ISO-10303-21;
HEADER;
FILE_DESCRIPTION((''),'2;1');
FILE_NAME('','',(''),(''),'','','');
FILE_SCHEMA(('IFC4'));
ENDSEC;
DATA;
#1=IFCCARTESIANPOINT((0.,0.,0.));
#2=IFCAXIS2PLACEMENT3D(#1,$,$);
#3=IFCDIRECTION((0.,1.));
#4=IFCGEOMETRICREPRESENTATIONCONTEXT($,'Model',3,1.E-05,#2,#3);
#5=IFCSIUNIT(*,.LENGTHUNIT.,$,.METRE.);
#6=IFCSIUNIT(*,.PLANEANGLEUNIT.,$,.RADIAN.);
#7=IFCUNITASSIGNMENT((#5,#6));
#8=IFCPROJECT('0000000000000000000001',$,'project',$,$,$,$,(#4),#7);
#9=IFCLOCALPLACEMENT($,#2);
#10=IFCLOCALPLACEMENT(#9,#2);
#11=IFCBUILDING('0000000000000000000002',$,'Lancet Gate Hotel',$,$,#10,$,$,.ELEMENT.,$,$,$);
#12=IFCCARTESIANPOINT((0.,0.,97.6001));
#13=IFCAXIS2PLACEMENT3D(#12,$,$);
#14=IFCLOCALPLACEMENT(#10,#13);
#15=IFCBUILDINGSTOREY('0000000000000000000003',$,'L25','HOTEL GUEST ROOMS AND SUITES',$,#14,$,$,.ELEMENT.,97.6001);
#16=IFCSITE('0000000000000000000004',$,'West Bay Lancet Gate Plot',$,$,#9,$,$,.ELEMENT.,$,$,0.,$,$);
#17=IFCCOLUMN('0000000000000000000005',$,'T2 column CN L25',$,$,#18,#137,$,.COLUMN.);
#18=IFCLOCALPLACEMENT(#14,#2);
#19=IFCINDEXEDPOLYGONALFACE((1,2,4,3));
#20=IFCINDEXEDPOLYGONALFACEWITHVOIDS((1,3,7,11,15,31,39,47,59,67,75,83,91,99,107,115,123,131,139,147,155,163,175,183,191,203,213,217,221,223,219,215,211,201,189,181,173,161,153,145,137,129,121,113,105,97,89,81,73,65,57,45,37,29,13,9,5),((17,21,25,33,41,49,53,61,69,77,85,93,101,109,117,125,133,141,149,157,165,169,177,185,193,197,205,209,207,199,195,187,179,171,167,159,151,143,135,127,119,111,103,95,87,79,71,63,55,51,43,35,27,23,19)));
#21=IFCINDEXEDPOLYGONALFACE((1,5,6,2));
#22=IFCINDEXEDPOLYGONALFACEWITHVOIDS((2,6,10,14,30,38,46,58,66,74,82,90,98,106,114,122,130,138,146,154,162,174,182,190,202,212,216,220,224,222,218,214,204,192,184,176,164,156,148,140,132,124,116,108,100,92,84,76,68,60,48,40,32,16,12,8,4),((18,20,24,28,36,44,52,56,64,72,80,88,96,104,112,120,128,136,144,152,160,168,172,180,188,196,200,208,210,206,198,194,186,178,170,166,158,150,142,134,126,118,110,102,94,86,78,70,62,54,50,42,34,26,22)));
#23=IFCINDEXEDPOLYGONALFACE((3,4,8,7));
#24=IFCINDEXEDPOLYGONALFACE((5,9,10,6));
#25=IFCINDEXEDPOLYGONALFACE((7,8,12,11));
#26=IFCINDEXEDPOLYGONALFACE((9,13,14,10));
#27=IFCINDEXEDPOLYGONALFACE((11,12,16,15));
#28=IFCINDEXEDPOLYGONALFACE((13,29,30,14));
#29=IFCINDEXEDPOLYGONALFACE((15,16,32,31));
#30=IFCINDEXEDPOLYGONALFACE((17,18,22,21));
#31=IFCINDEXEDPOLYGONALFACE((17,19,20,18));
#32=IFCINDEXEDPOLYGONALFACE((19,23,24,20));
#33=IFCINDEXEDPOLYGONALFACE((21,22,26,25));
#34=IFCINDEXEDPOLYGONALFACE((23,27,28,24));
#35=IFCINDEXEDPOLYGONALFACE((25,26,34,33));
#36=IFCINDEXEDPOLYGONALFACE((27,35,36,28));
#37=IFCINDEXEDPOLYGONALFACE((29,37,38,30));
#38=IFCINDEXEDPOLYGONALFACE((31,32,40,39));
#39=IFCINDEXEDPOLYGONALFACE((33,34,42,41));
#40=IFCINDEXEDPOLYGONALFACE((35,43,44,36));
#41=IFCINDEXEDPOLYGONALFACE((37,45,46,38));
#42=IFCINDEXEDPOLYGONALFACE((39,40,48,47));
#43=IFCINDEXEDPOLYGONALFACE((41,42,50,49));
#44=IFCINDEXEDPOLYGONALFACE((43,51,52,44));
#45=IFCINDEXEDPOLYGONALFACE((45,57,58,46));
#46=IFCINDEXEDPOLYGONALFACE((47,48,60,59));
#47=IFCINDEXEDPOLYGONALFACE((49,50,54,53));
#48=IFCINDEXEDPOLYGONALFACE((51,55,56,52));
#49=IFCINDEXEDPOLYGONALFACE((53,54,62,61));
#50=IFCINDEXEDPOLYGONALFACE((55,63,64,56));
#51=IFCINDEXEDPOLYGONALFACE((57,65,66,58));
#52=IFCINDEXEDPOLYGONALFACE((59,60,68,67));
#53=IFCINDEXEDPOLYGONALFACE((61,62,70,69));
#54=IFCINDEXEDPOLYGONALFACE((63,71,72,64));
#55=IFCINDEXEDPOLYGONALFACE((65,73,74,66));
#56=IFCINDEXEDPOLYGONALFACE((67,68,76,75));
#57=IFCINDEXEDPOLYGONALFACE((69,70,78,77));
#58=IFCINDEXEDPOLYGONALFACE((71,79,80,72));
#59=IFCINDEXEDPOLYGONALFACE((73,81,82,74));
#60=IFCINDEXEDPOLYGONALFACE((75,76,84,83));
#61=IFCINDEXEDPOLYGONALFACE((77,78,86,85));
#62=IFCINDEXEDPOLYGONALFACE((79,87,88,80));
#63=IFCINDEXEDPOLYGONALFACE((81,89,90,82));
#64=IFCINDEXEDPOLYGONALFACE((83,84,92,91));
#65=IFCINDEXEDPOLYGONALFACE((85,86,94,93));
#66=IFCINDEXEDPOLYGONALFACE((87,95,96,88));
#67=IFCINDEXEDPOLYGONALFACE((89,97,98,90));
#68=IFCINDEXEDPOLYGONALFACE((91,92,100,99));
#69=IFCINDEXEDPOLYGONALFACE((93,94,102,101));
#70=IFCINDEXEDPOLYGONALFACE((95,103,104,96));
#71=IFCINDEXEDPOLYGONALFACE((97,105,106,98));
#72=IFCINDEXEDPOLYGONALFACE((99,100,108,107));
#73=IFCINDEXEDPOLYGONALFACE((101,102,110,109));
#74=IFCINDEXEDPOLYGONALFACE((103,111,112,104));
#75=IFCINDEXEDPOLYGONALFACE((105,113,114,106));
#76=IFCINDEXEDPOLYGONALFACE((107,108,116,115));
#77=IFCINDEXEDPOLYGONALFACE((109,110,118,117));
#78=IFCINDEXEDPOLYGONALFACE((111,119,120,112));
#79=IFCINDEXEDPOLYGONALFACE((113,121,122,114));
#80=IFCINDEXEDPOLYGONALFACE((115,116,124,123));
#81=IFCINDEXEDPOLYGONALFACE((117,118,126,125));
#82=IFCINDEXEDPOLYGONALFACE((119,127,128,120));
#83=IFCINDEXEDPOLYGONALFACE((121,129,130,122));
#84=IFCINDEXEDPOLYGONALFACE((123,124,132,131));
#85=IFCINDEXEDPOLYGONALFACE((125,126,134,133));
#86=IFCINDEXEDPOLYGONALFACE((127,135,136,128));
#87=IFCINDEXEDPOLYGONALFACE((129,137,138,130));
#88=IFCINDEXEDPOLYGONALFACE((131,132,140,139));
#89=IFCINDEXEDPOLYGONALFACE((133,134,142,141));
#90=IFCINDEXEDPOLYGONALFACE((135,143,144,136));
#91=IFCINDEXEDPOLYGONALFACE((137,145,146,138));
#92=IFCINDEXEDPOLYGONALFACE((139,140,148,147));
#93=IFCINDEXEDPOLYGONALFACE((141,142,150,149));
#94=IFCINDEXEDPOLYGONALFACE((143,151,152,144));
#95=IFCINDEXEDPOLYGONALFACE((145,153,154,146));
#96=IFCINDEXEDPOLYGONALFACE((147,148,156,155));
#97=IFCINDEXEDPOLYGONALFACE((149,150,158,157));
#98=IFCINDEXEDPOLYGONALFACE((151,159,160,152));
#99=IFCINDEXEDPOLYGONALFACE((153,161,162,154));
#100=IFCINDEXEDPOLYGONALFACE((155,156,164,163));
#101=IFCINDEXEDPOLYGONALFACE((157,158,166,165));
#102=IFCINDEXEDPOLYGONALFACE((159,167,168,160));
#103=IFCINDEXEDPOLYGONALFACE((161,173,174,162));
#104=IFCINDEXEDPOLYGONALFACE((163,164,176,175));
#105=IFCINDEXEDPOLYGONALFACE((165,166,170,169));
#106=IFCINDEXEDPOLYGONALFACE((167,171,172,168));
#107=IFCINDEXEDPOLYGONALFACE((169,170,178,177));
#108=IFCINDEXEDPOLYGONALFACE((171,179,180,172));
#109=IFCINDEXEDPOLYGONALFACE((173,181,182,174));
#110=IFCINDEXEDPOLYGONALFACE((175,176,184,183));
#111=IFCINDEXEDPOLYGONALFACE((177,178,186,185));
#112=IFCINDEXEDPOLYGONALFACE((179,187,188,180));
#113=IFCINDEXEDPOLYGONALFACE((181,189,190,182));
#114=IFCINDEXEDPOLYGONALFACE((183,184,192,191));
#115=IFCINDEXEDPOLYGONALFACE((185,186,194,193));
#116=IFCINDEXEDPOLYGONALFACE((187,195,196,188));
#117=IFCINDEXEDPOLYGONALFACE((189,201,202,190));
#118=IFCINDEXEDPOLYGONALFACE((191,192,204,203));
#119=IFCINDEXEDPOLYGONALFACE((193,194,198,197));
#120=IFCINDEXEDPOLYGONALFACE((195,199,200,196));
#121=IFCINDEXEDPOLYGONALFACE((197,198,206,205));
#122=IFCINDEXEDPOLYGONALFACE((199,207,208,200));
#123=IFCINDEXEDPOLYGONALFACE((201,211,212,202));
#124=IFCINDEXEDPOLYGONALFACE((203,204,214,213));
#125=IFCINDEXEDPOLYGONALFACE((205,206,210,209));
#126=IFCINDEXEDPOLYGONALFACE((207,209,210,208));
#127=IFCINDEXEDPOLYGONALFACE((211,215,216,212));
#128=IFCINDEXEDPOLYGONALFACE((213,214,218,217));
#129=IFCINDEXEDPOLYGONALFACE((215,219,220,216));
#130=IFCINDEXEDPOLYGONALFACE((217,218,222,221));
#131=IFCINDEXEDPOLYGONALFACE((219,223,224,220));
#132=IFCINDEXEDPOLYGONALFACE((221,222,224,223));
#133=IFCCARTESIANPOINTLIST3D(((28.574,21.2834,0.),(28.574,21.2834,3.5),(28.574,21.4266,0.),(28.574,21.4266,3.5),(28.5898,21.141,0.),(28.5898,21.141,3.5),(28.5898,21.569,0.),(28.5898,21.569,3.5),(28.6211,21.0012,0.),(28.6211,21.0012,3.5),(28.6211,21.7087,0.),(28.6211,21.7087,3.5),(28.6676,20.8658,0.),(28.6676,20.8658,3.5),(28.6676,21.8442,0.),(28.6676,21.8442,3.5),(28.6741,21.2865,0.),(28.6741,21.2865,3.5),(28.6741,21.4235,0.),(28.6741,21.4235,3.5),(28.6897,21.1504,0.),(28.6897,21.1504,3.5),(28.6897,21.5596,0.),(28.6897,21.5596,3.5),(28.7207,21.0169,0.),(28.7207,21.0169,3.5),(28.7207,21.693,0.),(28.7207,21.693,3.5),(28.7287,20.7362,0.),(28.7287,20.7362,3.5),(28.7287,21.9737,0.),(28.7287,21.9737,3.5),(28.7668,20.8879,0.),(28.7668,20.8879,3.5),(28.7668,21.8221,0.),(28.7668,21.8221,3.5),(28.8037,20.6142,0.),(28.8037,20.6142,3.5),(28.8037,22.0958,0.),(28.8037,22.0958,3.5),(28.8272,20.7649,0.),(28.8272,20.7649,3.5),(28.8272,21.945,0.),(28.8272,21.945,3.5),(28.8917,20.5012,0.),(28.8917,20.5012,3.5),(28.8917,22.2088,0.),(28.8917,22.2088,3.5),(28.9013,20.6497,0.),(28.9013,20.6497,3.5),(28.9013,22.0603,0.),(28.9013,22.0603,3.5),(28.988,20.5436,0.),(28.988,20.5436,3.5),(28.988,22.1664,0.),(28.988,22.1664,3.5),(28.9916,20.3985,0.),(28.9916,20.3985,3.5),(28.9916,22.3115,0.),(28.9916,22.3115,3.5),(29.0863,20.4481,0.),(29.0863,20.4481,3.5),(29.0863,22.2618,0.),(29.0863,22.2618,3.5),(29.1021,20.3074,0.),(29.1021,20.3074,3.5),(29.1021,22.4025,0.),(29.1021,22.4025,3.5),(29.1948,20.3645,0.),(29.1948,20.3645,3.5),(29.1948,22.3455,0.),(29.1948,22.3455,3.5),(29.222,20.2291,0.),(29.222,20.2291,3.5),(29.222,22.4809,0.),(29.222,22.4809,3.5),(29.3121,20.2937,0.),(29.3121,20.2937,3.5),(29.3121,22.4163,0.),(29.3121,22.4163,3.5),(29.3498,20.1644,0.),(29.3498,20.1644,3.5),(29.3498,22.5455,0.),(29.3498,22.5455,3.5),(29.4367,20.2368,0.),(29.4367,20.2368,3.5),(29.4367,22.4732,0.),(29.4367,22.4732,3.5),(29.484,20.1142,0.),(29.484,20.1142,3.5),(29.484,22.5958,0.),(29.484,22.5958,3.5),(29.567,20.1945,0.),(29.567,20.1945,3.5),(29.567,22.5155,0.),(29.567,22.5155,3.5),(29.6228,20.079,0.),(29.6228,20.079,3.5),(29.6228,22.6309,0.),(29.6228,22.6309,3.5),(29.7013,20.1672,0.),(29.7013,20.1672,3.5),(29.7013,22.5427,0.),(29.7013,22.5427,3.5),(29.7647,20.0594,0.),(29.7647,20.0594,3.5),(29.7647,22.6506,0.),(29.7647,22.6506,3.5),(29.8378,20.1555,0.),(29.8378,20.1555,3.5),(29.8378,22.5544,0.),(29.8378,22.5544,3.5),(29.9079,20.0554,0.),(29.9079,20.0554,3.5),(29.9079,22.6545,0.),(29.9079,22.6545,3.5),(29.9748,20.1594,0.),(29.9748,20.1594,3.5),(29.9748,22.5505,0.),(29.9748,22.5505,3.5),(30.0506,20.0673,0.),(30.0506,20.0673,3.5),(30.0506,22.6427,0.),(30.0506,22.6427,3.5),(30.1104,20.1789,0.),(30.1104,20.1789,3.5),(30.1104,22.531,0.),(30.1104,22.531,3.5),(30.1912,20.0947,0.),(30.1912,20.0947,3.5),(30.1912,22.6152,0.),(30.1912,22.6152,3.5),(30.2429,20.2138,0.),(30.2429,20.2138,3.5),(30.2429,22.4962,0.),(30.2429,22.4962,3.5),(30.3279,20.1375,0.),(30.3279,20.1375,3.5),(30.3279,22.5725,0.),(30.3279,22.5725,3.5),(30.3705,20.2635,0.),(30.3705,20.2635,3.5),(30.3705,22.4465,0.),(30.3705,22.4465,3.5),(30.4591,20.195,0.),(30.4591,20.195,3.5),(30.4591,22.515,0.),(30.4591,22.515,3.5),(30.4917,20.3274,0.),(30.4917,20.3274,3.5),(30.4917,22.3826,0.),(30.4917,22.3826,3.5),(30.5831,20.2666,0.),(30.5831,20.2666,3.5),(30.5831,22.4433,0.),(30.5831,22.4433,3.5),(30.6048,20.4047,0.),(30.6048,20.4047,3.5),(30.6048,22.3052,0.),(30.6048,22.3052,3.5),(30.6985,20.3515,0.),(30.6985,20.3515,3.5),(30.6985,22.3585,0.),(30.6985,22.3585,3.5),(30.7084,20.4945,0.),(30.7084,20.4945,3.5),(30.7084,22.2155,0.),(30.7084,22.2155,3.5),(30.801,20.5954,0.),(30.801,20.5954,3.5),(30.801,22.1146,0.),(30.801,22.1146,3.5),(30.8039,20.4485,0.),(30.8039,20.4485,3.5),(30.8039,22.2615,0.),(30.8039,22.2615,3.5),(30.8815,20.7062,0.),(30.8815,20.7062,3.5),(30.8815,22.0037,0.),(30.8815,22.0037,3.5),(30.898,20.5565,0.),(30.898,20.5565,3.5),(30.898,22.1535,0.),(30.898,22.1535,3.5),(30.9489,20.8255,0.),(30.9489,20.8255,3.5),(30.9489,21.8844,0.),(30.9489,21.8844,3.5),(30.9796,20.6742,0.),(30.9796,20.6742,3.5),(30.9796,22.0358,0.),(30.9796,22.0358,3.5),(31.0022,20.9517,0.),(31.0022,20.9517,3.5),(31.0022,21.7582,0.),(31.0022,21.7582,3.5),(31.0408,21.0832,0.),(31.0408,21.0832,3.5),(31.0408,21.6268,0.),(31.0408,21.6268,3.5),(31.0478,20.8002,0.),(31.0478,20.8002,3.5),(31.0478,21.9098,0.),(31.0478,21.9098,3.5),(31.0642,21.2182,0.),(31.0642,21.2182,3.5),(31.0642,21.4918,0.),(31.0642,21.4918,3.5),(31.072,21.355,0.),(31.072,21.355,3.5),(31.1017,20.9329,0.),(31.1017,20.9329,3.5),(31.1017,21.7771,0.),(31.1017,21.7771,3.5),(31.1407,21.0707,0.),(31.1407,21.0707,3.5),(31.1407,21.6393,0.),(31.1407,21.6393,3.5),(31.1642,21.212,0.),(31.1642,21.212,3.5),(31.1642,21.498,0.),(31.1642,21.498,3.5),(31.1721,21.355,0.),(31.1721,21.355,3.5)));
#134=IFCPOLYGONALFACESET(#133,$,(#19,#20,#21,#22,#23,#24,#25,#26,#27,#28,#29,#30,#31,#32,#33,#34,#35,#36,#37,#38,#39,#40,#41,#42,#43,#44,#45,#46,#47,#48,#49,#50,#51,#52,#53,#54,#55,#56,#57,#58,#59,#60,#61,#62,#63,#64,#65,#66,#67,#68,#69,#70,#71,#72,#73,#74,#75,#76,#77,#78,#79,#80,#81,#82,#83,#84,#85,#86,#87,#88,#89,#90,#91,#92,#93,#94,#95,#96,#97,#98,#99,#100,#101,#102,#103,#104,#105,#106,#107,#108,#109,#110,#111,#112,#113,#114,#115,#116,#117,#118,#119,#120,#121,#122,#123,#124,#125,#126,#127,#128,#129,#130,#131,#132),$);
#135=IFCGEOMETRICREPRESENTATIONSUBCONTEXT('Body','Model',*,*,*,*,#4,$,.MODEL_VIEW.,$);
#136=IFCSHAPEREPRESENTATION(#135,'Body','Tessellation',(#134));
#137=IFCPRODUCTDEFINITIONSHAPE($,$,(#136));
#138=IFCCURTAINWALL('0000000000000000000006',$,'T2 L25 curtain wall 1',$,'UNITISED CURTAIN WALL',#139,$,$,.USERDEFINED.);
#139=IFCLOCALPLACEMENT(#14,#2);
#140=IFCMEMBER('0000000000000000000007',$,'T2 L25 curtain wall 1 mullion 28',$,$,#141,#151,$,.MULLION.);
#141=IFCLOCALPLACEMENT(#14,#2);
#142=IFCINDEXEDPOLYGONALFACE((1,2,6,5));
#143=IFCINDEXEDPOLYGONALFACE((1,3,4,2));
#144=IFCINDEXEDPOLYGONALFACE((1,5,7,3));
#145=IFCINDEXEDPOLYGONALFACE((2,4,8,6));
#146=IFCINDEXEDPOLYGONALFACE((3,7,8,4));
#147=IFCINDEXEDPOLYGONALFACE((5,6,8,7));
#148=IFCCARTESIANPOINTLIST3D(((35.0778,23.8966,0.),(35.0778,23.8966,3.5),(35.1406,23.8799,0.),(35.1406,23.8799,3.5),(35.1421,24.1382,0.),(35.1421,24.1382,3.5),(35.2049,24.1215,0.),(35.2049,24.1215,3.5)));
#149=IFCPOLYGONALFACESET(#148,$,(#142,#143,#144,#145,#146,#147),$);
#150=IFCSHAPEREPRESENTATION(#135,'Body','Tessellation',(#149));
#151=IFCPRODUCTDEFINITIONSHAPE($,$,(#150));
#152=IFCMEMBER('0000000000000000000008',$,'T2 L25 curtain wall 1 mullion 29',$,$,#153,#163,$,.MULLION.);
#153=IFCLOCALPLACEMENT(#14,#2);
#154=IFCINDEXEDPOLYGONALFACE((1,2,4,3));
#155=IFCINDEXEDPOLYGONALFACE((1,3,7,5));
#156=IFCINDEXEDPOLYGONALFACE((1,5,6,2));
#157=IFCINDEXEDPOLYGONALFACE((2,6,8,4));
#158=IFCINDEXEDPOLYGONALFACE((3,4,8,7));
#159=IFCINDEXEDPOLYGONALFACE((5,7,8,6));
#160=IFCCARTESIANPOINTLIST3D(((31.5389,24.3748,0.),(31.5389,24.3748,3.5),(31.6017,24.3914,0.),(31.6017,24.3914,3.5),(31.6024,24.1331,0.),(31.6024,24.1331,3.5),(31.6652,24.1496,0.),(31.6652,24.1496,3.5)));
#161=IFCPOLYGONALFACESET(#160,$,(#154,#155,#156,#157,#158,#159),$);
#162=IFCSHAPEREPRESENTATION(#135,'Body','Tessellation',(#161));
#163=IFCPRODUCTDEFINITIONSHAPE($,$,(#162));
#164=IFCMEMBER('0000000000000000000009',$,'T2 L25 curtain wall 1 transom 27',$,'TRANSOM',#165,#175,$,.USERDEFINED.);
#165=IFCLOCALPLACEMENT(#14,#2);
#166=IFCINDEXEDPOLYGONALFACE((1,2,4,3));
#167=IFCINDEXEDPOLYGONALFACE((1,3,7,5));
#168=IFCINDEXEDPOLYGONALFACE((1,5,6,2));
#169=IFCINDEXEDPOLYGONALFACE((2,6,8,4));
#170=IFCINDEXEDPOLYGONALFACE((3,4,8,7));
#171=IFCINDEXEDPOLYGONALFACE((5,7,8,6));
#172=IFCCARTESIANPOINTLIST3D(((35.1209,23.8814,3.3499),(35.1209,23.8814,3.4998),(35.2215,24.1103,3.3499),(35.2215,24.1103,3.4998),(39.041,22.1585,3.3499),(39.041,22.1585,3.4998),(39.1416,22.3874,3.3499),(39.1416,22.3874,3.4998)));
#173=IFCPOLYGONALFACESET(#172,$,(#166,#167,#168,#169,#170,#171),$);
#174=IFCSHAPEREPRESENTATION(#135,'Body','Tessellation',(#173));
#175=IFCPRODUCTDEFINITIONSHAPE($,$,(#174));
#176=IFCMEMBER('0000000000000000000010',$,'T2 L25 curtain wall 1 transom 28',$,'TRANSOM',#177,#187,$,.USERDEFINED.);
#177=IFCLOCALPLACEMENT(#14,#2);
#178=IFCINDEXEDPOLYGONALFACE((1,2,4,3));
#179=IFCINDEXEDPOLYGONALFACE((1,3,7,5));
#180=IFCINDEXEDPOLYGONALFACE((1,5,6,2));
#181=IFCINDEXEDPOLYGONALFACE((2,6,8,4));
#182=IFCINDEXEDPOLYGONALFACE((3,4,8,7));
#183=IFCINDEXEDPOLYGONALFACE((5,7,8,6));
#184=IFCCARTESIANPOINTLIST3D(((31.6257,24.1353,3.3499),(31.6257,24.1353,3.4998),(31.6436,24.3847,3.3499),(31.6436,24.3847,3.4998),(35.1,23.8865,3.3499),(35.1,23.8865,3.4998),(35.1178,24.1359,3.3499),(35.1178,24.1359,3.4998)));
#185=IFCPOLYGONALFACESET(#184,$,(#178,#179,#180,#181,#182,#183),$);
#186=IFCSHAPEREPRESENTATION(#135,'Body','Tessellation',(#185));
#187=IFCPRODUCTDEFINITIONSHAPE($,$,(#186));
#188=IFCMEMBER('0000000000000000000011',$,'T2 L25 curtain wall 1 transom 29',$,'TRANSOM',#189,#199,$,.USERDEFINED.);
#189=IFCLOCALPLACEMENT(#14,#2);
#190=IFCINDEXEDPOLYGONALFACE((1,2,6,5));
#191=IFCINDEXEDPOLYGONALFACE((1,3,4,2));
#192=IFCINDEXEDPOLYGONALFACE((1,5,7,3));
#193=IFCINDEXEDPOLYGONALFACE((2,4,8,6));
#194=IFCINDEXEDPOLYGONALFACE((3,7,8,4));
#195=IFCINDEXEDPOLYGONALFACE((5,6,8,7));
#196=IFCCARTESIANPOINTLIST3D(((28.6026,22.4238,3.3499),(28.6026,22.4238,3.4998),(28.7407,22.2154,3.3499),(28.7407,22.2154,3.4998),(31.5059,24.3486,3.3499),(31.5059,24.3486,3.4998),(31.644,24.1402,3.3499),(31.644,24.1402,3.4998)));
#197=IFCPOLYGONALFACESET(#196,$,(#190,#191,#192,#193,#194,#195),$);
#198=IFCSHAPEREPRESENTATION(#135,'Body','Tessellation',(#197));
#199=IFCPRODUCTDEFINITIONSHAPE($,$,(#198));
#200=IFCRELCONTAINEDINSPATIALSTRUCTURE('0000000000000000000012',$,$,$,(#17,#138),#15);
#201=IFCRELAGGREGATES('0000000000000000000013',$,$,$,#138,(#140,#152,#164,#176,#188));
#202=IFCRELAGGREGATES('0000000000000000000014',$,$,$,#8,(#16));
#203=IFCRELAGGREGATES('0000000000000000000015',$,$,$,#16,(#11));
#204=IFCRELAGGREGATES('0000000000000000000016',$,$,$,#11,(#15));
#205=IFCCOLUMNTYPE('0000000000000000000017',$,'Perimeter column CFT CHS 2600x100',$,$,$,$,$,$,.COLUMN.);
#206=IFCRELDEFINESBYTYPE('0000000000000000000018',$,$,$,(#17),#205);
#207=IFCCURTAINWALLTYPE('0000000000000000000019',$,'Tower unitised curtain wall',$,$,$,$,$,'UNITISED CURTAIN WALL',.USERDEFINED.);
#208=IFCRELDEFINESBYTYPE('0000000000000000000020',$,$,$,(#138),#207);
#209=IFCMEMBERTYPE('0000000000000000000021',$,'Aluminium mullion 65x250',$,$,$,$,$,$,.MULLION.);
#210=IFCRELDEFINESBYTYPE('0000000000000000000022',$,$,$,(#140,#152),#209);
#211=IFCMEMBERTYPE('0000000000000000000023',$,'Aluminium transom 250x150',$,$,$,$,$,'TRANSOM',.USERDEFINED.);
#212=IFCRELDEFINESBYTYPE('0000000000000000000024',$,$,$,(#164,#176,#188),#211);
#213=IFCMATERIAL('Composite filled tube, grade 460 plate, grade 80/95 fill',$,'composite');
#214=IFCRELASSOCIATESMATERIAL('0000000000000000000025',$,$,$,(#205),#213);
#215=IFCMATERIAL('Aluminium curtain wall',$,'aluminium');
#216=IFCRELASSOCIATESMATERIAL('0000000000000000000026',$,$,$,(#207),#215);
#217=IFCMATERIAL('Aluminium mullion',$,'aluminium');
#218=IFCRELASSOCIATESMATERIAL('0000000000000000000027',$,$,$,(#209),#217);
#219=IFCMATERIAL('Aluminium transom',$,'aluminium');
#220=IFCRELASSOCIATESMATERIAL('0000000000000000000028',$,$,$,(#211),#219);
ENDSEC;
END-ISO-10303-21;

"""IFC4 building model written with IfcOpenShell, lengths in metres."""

from ifc_helpers import new_model, si_unit, direction, frame, origin, origin_2d, place, context, subcontext, project, spatial, rectangle, hollow_circle, extrude, material, material_profile, profile_set, type_object, element, aggregate, save


model = new_model("IFC4")

# Units and contexts
model_context = context("Model", 3, precision=1e-05, world=origin(), true_north=direction((0.0, 1.0)))
body_context = subcontext(model_context, "Body", "Model", "MODEL_VIEW")
ifc_project = project(units=[si_unit("LENGTHUNIT", "METRE"), si_unit("PLANEANGLEUNIT", "RADIAN")], contexts=[model_context])

# Site, building, storey
site_placement = place(None, origin())
site = spatial("IfcSite", under=ifc_project, at=site_placement, Name="West Bay Lancet Gate Plot", CompositionType="ELEMENT", RefElevation=0.0)
building_placement = place(site_placement, origin())
building = spatial("IfcBuilding", under=site, at=building_placement, Name="Lancet Gate Hotel", CompositionType="ELEMENT")
storey_placement = place(building_placement, frame((0.0, 0.0, 97.6001)))
storey = spatial("IfcBuildingStorey", under=building, at=storey_placement, Name="L25", Description="HOTEL GUEST ROOMS AND SUITES", CompositionType="ELEMENT", Elevation=97.6001)

# Column
ifc_material_1 = material(Name="Composite filled tube, grade 460 plate, grade 80/95 fill", Category="composite")
ifc_material_profile_1 = material_profile(ifc_material_1, hollow_circle(Radius=1.3, WallThickness=0.1001, at=origin_2d()), Name="CHS 2600x100")
ifc_profile_set_1 = profile_set([ifc_material_profile_1], Name="Composite filled tube, grade 460 plate, grade 80/95 fill")
column_type = type_object("IfcColumnType", Name="Perimeter column CFT CHS 2600x100", PredefinedType="COLUMN", material=ifc_profile_set_1)
column_placement = place(storey_placement, frame((29.8721, 21.355, 0.0), z_axis=(0.0, 0.0, 1.0), x_axis=(1.0, 0.0, 0.0)))
element("IfcColumn", 1, at=column_placement, inside=storey, type_object=column_type, Name="T2 column CN L25", PredefinedType="COLUMN", context=body_context, shape_type="SweptSolid", body=[
    extrude(hollow_circle(Radius=1.3, WallThickness=0.1001, at=origin_2d()), origin(), (0.0, 0.0, 1.0), 3.5),
])

# Curtain wall, members
ifc_material_2 = material(Name="Aluminium curtain wall", Category="aluminium")
curtain_wall_type = type_object("IfcCurtainWallType", Name="Tower unitised curtain wall", ElementType="UNITISED CURTAIN WALL", PredefinedType="USERDEFINED", material=ifc_material_2)
curtain_wall_placement = place(storey_placement, origin())
curtain_wall = element("IfcCurtainWall", 2, at=curtain_wall_placement, inside=storey, type_object=curtain_wall_type, Name="T2 L25 curtain wall 1", ObjectType="UNITISED CURTAIN WALL", PredefinedType="USERDEFINED")
ifc_material_3 = material(Name="Aluminium mullion", Category="aluminium")
ifc_material_profile_2 = material_profile(ifc_material_3, rectangle(XDim=0.0649, YDim=0.25, at=origin_2d()), Name="MULLION 65x250")
ifc_profile_set_2 = profile_set([ifc_material_profile_2], Name="Aluminium mullion")
member_type_1 = type_object("IfcMemberType", Name="Aluminium mullion 65x250", PredefinedType="MULLION", material=ifc_profile_set_2)
member_1_placement = place(storey_placement, frame((35.1414, 24.009, 0.0), z_axis=(0.0, 0.0, 1.0), x_axis=(-0.966317, 0.257353, 0.0)))
member_1 = element("IfcMember", 3, at=member_1_placement, type_object=member_type_1, Name="T2 L25 curtain wall 1 mullion 28", PredefinedType="MULLION", context=body_context, shape_type="SweptSolid", body=[
    extrude(rectangle(XDim=0.0649, YDim=0.25, at=origin_2d()), origin(), (0.0, 0.0, 1.0), 3.5),
])
member_2_placement = place(storey_placement, frame((31.6021, 24.2622, 0.0), z_axis=(0.0, 0.0, 1.0), x_axis=(-0.967157, -0.254179, 0.0)))
member_2 = element("IfcMember", 4, at=member_2_placement, type_object=member_type_1, Name="T2 L25 curtain wall 1 mullion 29", PredefinedType="MULLION", context=body_context, shape_type="SweptSolid", body=[
    extrude(rectangle(XDim=0.0649, YDim=0.25, at=origin_2d()), origin(), (0.0, 0.0, 1.0), 3.5),
])
ifc_material_4 = material(Name="Aluminium transom", Category="aluminium")
ifc_material_profile_3 = material_profile(ifc_material_4, rectangle(XDim=0.25, YDim=0.1499, at=origin_2d()), Name="TRANSOM 250x150")
ifc_profile_set_3 = profile_set([ifc_material_profile_3], Name="Aluminium transom")
member_type_2 = type_object("IfcMemberType", Name="Aluminium transom 250x150", ElementType="TRANSOM", PredefinedType="USERDEFINED", material=ifc_profile_set_3)
member_3_placement = place(storey_placement, frame((39.0913, 22.2729, 3.4248), z_axis=(-0.915485, 0.402353, 0.0), x_axis=(-0.402353, -0.915485, 0.0)))
member_3 = element("IfcMember", 5, at=member_3_placement, type_object=member_type_2, Name="T2 L25 curtain wall 1 transom 27", ObjectType="TRANSOM", PredefinedType="USERDEFINED", context=body_context, shape_type="SweptSolid", body=[
    extrude(rectangle(XDim=0.25, YDim=0.1499, at=origin_2d()), origin(), (0.0, 0.0, 1.0), 4.282),
])
member_4_placement = place(storey_placement, frame((35.1089, 24.0112, 3.4248), z_axis=(-0.997446, 0.071421, 0.0), x_axis=(-0.071421, -0.997446, 0.0)))
member_4 = element("IfcMember", 6, at=member_4_placement, type_object=member_type_2, Name="T2 L25 curtain wall 1 transom 28", ObjectType="TRANSOM", PredefinedType="USERDEFINED", context=body_context, shape_type="SweptSolid", body=[
    extrude(rectangle(XDim=0.25, YDim=0.1499, at=origin_2d()), origin(), (0.0, 0.0, 1.0), 3.4832),
])
member_5_placement = place(storey_placement, frame((31.575, 24.2444, 3.4248), z_axis=(-0.833471, -0.552563, 0.0), x_axis=(0.552563, -0.833471, 0.0)))
member_5 = element("IfcMember", 7, at=member_5_placement, type_object=member_type_2, Name="T2 L25 curtain wall 1 transom 29", ObjectType="TRANSOM", PredefinedType="USERDEFINED", context=body_context, shape_type="SweptSolid", body=[
    extrude(rectangle(XDim=0.25, YDim=0.1499, at=origin_2d()), origin(), (0.0, 0.0, 1.0), 3.4834),
])

aggregate(curtain_wall, [member_1, member_2, member_3, member_4, member_5])

save(model, "model.ifc")
